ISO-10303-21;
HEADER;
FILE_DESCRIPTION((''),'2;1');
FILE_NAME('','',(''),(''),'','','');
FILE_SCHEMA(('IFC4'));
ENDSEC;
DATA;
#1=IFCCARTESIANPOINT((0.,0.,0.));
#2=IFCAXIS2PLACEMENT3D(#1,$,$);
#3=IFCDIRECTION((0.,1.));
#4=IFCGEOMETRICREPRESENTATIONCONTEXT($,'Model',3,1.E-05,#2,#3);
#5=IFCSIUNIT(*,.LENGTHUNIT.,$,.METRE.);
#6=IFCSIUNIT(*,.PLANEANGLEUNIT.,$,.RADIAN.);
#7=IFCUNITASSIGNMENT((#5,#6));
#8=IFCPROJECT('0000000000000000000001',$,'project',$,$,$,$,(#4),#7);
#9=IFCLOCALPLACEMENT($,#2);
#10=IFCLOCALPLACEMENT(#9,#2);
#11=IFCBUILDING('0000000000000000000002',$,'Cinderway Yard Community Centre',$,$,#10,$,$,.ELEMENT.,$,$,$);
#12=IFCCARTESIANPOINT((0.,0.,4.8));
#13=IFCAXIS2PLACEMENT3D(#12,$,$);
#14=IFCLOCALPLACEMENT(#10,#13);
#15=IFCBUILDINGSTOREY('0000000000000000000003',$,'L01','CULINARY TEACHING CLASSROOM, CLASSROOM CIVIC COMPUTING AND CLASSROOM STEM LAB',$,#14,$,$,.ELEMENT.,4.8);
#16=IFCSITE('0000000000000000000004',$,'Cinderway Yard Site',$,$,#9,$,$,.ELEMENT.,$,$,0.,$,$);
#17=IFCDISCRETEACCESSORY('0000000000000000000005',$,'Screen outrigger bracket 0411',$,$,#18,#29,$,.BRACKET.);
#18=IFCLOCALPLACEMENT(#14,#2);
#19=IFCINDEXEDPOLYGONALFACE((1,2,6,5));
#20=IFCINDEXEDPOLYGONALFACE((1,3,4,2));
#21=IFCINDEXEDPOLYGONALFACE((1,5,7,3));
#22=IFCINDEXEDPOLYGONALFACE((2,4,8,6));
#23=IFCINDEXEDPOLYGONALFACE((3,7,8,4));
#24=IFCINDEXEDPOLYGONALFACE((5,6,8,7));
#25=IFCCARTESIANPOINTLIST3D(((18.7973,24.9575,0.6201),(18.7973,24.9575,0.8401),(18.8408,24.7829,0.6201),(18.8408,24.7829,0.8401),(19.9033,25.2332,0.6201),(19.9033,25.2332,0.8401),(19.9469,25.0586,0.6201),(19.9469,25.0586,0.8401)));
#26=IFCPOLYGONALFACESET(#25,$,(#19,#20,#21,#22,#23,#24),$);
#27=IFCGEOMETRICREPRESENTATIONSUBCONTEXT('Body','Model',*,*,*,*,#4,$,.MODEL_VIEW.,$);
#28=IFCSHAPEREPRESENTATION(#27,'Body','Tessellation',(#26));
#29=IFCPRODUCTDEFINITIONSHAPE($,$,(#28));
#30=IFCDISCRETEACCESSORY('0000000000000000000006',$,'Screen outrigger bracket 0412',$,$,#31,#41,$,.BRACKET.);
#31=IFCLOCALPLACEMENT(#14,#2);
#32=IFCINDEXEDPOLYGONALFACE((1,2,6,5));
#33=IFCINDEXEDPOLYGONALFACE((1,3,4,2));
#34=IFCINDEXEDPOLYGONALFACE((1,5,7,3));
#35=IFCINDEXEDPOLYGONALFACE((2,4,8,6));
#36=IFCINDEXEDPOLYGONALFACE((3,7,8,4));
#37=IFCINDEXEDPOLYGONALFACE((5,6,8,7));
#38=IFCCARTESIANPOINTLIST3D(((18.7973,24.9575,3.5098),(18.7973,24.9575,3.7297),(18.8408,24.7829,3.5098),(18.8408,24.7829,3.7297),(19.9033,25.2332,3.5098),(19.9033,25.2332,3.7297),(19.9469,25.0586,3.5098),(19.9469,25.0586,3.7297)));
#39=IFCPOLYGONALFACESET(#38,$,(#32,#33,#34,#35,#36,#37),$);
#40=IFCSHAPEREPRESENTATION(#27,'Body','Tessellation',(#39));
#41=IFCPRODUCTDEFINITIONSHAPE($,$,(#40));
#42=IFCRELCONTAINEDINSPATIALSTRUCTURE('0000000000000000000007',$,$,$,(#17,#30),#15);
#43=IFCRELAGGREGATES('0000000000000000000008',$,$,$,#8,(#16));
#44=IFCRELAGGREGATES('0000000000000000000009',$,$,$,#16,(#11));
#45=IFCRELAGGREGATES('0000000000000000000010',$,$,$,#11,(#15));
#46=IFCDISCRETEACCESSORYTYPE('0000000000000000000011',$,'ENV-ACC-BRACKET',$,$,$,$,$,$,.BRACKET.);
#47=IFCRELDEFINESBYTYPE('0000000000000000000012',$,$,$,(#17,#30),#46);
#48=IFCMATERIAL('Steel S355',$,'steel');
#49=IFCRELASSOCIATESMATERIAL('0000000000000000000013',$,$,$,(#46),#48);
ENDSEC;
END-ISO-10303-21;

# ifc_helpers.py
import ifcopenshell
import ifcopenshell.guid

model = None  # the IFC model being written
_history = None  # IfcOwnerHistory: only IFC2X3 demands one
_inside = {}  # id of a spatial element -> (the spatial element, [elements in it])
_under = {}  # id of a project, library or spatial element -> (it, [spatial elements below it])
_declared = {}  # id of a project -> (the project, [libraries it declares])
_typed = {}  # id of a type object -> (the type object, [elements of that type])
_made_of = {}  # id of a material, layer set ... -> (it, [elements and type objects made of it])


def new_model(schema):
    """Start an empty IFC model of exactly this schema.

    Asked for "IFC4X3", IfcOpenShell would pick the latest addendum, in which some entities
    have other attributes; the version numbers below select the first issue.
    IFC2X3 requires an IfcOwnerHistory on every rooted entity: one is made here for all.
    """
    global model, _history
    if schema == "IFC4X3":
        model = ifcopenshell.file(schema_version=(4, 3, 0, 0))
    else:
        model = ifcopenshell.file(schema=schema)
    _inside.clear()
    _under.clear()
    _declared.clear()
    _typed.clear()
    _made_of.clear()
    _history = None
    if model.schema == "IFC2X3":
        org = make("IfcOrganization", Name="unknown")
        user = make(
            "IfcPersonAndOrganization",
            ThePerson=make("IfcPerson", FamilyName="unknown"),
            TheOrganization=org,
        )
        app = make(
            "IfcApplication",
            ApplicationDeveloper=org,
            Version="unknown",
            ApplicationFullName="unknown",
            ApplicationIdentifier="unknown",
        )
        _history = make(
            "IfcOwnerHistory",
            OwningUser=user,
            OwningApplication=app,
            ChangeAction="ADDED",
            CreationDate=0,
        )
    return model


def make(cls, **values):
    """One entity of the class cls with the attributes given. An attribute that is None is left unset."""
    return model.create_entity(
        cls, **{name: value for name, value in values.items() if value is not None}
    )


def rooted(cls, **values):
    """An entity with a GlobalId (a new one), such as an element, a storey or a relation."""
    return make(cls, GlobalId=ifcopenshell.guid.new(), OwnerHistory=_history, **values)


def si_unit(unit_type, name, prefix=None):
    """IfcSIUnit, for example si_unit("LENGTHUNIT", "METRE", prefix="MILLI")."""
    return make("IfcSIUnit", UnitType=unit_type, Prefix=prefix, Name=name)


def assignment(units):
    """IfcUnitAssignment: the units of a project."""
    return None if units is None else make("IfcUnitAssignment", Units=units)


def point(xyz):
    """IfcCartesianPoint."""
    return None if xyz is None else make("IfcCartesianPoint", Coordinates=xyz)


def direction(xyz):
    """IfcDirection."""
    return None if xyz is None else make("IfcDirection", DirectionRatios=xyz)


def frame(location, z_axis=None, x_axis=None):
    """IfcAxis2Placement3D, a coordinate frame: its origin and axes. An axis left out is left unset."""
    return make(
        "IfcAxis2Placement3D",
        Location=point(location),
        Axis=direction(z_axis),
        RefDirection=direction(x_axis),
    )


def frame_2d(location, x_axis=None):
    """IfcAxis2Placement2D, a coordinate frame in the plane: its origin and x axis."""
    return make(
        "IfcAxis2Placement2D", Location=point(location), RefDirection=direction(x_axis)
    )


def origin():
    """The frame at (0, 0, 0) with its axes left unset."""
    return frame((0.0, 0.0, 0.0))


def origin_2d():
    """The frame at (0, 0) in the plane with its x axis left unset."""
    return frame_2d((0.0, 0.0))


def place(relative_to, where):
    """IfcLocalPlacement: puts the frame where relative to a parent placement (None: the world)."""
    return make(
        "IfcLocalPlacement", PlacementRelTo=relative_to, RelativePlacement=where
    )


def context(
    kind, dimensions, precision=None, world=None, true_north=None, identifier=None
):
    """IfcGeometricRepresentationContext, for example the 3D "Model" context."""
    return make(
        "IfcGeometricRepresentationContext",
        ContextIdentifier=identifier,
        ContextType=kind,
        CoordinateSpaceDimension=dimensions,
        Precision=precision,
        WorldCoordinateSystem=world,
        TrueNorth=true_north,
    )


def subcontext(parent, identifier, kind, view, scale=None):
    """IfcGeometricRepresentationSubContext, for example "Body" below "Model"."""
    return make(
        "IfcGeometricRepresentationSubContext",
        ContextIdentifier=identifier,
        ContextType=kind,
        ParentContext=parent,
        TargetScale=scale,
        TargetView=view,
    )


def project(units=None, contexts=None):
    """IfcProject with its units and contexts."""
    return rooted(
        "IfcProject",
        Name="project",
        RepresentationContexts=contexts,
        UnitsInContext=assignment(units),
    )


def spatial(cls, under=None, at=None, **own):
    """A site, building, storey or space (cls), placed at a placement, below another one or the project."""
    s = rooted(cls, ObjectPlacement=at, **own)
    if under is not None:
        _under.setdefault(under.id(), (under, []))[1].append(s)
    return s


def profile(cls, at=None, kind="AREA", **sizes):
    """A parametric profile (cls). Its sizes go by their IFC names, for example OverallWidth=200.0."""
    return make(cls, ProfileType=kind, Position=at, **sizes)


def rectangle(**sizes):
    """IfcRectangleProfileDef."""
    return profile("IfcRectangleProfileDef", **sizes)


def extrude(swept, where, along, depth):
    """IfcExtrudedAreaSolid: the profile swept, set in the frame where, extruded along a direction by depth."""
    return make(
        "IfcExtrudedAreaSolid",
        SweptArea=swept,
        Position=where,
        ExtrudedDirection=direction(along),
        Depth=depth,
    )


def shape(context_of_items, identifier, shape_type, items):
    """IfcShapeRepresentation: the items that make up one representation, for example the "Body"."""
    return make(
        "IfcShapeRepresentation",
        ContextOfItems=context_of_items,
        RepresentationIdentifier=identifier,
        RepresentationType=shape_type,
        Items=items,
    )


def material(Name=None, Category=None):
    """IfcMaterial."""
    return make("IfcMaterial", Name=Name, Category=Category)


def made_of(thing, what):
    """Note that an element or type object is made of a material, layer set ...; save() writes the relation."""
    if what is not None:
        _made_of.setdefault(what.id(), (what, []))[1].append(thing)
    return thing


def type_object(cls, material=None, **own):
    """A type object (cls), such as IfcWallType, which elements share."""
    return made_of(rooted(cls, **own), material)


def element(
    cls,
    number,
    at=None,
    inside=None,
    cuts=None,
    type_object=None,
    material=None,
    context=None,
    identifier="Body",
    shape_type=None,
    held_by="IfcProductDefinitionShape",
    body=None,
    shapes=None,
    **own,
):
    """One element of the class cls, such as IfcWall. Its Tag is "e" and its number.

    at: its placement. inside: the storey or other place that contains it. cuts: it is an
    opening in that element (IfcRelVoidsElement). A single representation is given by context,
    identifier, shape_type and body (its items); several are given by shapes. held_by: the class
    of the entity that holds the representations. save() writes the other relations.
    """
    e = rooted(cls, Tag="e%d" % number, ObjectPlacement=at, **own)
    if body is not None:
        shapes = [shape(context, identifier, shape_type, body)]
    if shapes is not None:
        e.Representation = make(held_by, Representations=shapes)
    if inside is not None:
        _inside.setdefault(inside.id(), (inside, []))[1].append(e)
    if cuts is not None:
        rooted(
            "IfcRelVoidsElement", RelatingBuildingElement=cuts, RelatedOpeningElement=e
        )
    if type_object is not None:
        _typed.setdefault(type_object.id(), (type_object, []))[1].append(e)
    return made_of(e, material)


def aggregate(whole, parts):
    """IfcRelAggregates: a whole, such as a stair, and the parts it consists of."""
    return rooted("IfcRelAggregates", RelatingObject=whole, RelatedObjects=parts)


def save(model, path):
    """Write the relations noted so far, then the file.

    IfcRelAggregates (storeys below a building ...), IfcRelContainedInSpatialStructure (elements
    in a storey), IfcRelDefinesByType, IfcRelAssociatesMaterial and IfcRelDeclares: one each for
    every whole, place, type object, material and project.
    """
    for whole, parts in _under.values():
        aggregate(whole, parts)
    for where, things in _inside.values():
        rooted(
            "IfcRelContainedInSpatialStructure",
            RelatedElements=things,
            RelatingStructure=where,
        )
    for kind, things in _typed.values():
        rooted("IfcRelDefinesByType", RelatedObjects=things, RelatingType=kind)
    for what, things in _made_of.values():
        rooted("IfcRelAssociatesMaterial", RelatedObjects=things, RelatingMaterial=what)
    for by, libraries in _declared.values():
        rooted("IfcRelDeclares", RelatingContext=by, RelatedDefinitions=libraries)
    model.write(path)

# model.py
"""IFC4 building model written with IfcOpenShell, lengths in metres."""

from ifc_helpers import new_model, si_unit, direction, frame, origin, origin_2d, place, context, subcontext, project, spatial, rectangle, extrude, material, type_object, element, save


model = new_model("IFC4")

# Units and contexts
model_context = context("Model", 3, precision=1e-05, world=origin(), true_north=direction((0.0, 1.0)))
body_context = subcontext(model_context, "Body", "Model", "MODEL_VIEW")
ifc_project = project(units=[si_unit("LENGTHUNIT", "METRE"), si_unit("PLANEANGLEUNIT", "RADIAN")], contexts=[model_context])

# Site, building, storey
site_placement = place(None, origin())
site = spatial("IfcSite", under=ifc_project, at=site_placement, Name="Cinderway Yard Site", CompositionType="ELEMENT", RefElevation=0.0)
building_placement = place(site_placement, origin())
building = spatial("IfcBuilding", under=site, at=building_placement, Name="Cinderway Yard Community Centre", CompositionType="ELEMENT")
storey_placement = place(building_placement, frame((0.0, 0.0, 4.8)))
storey = spatial("IfcBuildingStorey", under=building, at=storey_placement, Name="L01", Description="CULINARY TEACHING CLASSROOM, CLASSROOM CIVIC COMPUTING AND CLASSROOM STEM LAB", CompositionType="ELEMENT", Elevation=4.8)

# Shared definitions
ifc_material_1 = material(Name="Steel S355", Category="steel")

# Discrete accessories
discrete_accessory_type = type_object("IfcDiscreteAccessoryType", Name="ENV-ACC-BRACKET", PredefinedType="BRACKET", material=ifc_material_1)
for number, where, z_axis, x_axis, name in (
    (1, (19.3721, 25.0081, 0.6201), (0.0, 0.0, 1.0), (-0.970296, -0.241922, 0.0), "Screen outrigger bracket 0411"),
    (2, (19.3721, 25.0081, 3.5098), (0.0, 0.0, 1.0), (-0.970296, -0.241922, 0.0), "Screen outrigger bracket 0412"),
):
    element("IfcDiscreteAccessory", number, at=place(storey_placement, frame(where, z_axis=z_axis, x_axis=x_axis)), inside=storey, type_object=discrete_accessory_type, Name=name, PredefinedType="BRACKET", context=body_context, shape_type="SweptSolid", body=[
        extrude(rectangle(XDim=1.1399, YDim=0.1799, at=origin_2d()), origin(), (0.0, 0.0, 1.0), 0.22),
    ])

save(model, "model.ifc")
